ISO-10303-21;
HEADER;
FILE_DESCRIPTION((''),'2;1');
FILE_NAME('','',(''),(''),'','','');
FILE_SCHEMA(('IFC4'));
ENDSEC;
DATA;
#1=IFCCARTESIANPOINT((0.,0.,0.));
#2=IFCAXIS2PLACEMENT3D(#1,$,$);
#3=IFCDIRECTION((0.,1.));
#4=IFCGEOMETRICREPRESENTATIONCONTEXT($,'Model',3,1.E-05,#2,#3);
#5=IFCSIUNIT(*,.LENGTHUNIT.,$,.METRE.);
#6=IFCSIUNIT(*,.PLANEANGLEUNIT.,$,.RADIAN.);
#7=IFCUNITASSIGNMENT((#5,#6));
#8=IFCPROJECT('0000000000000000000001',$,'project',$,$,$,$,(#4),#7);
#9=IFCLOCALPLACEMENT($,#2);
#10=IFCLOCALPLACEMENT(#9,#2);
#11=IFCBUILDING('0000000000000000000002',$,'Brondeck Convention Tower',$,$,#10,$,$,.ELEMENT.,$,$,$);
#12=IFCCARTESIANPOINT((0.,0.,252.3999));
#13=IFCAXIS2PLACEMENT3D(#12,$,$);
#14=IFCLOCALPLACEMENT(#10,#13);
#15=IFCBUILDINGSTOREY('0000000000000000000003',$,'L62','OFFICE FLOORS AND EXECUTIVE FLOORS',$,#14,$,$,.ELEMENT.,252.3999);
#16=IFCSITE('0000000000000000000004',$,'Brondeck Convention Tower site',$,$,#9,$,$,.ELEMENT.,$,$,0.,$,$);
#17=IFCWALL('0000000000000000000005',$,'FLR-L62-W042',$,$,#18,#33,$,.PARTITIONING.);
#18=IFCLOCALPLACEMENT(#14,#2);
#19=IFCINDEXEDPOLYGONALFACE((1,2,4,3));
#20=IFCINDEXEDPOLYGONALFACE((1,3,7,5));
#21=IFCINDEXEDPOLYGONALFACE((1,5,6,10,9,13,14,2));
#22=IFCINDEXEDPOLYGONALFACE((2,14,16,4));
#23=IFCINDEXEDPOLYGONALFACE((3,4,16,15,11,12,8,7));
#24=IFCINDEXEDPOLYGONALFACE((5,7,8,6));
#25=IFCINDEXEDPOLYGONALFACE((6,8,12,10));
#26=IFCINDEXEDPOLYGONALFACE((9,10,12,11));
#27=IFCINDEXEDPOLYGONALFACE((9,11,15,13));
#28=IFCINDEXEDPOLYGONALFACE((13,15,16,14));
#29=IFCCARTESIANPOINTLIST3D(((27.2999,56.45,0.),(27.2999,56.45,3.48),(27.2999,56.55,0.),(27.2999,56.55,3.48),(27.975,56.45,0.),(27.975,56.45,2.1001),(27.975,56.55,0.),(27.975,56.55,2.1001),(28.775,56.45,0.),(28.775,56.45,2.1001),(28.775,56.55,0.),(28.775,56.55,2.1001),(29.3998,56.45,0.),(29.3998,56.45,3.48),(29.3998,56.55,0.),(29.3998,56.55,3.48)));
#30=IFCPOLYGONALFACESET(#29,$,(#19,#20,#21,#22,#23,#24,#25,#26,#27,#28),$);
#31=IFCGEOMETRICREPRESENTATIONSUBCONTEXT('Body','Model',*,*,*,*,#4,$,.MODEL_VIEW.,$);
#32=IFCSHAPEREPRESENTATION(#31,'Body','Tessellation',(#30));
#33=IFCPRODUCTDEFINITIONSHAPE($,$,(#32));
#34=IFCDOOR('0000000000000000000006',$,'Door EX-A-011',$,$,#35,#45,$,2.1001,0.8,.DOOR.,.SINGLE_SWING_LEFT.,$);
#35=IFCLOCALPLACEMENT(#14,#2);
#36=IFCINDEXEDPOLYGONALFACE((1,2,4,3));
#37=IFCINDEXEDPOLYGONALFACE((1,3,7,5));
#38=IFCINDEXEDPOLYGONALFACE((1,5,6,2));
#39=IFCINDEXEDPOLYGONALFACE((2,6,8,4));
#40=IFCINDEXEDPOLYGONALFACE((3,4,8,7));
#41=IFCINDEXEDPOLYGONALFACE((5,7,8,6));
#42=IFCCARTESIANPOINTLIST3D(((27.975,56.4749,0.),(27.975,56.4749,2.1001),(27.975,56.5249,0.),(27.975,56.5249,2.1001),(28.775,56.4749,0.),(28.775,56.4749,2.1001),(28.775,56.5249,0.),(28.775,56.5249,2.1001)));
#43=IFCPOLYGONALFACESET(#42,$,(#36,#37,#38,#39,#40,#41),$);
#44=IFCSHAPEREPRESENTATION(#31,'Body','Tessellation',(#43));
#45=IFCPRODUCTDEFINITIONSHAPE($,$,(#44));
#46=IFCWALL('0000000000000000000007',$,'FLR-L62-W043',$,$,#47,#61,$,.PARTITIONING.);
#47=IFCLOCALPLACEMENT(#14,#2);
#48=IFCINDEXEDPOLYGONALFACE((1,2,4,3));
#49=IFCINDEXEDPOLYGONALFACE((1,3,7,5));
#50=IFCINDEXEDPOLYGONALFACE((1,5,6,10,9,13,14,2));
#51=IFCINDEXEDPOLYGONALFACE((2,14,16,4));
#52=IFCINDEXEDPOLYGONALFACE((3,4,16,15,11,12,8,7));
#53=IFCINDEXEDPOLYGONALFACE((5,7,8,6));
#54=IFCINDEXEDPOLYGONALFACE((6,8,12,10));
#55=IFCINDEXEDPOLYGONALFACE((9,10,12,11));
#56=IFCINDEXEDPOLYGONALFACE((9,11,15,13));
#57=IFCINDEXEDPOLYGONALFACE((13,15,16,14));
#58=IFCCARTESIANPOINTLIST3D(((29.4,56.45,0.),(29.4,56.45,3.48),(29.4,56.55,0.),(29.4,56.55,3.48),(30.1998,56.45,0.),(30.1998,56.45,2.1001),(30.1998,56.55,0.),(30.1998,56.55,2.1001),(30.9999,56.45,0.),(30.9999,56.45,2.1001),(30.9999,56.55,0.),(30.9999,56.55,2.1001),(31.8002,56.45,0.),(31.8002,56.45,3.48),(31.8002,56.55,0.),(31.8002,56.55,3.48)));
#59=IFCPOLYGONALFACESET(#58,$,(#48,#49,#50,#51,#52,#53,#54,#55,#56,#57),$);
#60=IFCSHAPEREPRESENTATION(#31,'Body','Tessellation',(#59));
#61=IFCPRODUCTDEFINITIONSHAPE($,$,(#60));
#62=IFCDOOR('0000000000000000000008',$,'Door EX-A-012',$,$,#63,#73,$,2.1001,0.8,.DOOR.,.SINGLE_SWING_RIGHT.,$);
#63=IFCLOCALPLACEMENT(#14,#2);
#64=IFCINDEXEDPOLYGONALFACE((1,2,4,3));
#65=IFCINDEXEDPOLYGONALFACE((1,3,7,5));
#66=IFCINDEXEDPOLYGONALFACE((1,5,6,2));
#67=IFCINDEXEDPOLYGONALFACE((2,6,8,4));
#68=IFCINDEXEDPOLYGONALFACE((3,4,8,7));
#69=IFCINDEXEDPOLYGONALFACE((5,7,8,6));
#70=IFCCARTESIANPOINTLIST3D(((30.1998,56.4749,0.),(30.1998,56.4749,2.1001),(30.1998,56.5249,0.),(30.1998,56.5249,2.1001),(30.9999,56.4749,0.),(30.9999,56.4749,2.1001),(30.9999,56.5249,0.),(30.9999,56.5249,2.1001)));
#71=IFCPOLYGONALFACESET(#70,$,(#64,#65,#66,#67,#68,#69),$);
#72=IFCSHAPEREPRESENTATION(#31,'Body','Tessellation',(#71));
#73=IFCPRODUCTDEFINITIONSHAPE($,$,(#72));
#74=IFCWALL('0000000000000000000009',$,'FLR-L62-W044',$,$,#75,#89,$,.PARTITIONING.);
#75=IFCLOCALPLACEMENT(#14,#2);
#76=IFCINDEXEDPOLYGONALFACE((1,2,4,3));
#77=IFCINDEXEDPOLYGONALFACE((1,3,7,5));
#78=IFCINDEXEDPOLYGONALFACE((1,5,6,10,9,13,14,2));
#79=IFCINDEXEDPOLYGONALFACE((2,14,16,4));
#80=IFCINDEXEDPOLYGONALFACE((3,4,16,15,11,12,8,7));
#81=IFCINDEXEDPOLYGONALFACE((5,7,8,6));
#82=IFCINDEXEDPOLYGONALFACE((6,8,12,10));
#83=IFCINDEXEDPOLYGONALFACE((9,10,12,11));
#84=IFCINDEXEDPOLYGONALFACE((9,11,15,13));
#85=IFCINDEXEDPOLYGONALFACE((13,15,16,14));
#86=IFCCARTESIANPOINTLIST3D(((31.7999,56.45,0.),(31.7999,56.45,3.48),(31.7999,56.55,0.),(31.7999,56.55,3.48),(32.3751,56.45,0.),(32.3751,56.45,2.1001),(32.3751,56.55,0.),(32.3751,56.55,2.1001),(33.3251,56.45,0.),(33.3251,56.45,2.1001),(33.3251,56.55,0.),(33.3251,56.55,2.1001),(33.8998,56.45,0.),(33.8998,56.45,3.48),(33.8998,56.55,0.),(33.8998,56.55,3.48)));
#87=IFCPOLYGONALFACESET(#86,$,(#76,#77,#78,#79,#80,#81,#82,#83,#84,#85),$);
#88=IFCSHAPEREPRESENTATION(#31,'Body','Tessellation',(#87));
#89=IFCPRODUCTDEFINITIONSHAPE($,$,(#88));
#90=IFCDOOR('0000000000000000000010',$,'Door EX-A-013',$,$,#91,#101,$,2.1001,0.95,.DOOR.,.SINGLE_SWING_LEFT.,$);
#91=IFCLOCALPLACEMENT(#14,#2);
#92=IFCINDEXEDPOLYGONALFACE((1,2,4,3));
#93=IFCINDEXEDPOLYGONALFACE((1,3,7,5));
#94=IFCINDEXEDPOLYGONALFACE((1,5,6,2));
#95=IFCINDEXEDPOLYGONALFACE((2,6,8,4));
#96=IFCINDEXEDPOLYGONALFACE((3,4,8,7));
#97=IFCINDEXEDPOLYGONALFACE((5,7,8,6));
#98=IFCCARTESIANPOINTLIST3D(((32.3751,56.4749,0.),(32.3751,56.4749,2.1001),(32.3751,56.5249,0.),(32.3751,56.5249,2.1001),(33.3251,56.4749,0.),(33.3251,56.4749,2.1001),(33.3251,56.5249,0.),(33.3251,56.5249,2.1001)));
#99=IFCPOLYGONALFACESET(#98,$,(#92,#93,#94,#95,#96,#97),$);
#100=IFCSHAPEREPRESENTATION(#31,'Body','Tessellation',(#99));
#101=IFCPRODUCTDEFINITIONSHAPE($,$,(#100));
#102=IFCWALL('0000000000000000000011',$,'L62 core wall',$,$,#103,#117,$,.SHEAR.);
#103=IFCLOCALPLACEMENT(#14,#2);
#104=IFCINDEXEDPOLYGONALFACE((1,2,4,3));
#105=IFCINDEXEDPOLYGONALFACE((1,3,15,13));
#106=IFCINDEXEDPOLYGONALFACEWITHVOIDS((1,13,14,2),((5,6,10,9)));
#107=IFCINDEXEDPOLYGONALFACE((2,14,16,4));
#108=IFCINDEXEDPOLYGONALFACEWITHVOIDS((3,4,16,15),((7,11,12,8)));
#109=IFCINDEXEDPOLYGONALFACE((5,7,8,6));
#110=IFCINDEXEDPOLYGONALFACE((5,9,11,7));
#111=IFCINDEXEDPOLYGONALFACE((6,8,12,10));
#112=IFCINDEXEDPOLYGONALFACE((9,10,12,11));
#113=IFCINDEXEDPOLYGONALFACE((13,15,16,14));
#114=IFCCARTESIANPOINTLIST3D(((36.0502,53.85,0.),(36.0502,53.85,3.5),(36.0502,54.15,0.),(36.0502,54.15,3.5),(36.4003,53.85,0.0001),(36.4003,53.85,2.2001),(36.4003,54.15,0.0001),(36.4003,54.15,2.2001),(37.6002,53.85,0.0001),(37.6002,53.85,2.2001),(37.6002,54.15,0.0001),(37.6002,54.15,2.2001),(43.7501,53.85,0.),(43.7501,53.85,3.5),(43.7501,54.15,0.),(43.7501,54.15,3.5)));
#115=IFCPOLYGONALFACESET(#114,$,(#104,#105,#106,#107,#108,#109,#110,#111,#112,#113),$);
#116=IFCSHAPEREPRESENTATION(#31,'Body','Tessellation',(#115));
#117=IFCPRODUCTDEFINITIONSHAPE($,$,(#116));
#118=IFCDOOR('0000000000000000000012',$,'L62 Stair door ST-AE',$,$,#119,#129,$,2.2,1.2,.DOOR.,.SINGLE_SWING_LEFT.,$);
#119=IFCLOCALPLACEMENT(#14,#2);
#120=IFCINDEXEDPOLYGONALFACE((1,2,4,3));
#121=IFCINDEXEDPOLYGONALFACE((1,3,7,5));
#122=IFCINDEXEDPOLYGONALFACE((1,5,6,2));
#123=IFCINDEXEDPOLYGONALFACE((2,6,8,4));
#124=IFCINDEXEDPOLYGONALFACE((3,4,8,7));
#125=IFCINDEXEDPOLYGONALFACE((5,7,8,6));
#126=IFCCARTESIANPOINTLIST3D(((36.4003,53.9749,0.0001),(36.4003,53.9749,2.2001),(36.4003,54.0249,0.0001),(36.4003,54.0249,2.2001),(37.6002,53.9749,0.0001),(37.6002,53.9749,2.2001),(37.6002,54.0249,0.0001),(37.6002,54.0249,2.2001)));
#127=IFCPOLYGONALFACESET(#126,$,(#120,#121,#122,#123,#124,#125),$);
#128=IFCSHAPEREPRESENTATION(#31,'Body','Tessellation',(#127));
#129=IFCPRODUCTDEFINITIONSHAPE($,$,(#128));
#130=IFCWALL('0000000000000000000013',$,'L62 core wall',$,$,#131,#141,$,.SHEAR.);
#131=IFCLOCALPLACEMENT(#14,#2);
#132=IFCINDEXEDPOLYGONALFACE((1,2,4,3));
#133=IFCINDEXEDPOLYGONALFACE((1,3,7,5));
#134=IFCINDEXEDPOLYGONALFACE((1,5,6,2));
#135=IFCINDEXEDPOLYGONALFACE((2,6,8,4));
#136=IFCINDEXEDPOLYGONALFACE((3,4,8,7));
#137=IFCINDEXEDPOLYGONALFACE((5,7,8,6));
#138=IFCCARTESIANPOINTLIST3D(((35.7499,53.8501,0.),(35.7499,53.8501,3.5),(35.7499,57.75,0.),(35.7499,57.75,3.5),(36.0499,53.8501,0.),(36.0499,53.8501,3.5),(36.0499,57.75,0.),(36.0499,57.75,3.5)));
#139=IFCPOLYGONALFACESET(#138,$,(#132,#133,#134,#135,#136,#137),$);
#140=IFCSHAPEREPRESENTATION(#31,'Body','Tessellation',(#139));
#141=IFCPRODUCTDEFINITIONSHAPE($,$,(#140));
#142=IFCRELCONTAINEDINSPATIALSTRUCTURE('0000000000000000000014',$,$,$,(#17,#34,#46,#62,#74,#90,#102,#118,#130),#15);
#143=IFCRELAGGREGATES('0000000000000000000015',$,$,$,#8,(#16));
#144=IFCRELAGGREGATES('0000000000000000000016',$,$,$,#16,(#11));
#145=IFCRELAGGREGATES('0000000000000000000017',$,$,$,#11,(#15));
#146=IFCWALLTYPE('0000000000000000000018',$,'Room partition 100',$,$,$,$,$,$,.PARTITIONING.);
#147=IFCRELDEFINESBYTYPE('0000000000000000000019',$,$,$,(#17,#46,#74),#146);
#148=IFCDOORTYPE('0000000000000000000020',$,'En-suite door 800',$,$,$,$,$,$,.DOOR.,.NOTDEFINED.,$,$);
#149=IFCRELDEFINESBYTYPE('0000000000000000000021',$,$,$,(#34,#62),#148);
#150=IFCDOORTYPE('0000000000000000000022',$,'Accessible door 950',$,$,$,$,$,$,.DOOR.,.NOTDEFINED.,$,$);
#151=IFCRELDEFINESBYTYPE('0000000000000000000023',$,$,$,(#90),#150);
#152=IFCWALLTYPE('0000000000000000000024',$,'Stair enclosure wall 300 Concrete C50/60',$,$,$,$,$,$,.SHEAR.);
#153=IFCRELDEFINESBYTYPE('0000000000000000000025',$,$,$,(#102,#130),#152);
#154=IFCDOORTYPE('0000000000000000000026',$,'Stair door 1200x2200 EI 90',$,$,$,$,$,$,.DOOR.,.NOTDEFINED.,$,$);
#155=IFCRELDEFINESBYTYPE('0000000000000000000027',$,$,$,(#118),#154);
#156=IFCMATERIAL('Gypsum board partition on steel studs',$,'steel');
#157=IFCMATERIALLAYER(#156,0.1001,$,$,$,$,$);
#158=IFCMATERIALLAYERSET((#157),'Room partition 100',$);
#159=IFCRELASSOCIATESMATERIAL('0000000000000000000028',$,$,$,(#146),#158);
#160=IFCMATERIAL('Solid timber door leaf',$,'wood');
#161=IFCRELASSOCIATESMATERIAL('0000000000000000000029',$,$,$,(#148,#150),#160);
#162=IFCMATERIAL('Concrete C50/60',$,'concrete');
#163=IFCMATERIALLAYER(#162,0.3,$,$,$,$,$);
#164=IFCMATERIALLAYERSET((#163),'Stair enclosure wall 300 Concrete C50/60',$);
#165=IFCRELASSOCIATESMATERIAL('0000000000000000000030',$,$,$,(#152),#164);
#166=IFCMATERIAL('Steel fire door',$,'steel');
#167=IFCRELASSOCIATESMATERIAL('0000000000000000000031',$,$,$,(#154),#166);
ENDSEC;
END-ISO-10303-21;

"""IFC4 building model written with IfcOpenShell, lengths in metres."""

from ifc_helpers import new_model, si_unit, direction, frame, frame_2d, origin, place, context, subcontext, project, spatial, rectangle, extrude, material, layer, layer_set, type_object, element, fill, save


model = new_model("IFC4")

# Units and contexts
model_context = context("Model", 3, precision=1e-05, world=origin(), true_north=direction((0.0, 1.0)))
body_context = subcontext(model_context, "Body", "Model", "MODEL_VIEW")
ifc_project = project(units=[si_unit("LENGTHUNIT", "METRE"), si_unit("PLANEANGLEUNIT", "RADIAN")], contexts=[model_context])

# Site, building, storey
site_placement = place(None, origin())
site = spatial("IfcSite", under=ifc_project, at=site_placement, Name="Brondeck Convention Tower site", CompositionType="ELEMENT", RefElevation=0.0)
building_placement = place(site_placement, origin())
building = spatial("IfcBuilding", under=site, at=building_placement, Name="Brondeck Convention Tower", CompositionType="ELEMENT")
storey_placement = place(building_placement, frame((0.0, 0.0, 252.3999)))
storey = spatial("IfcBuildingStorey", under=building, at=storey_placement, Name="L62", Description="OFFICE FLOORS AND EXECUTIVE FLOORS", CompositionType="ELEMENT", Elevation=252.3999)

# Shared definitions
ifc_material_1 = material(Name="Concrete C50/60", Category="concrete")

# Shared definitions
ifc_material_2 = material(Name="Gypsum board partition on steel studs", Category="steel")
ifc_layer_1 = layer(ifc_material_2, 0.1001)
ifc_layer_set_1 = layer_set([ifc_layer_1], Name="Room partition 100")
wall_type_1 = type_object("IfcWallType", Name="Room partition 100", PredefinedType="PARTITIONING", material=ifc_layer_set_1)
ifc_material_3 = material(Name="Solid timber door leaf", Category="wood")

# Walls, openings, doors
wall_1_placement = place(storey_placement, frame((27.3, 56.5, 0.0), z_axis=(0.0, 0.0, 1.0), x_axis=(1.0, 0.0, 0.0)))
wall_1 = element("IfcWall", 1, at=wall_1_placement, inside=storey, type_object=wall_type_1, Name="FLR-L62-W042", PredefinedType="PARTITIONING", context=body_context, shape_type="SweptSolid", body=[
    extrude(rectangle(XDim=2.0999, YDim=0.1001, at=frame_2d((1.0498, 0.0))), origin(), (0.0, 0.0, 1.0), 3.48),
])
opening_1_placement = place(wall_1_placement, frame((0.675, 0.0, 0.0)))
opening_1 = element("IfcOpeningElement", 2, at=opening_1_placement, cuts=wall_1, PredefinedType="OPENING", context=body_context, shape_type="SweptSolid", body=[
    extrude(rectangle(XDim=0.8, YDim=2.1001, at=frame_2d((0.3999, 1.05))), frame((0.0, 0.0601, 0.0), z_axis=(0.0, -1.0, 0.0), x_axis=(1.0, 0.0, 0.0)), (0.0, 0.0, 1.0), 0.1201),
])
door_type_1 = type_object("IfcDoorType", Name="En-suite door 800", OperationType="NOTDEFINED", PredefinedType="DOOR", material=ifc_material_3)
door_1_placement = place(opening_1_placement, origin())
door_1 = element("IfcDoor", 3, at=door_1_placement, inside=storey, type_object=door_type_1, Name="Door EX-A-011", OperationType="SINGLE_SWING_LEFT", OverallHeight=2.1001, OverallWidth=0.8, PredefinedType="DOOR", context=body_context, shape_type="SweptSolid", body=[
    extrude(rectangle(XDim=0.8, YDim=2.1001, at=frame_2d((0.3999, 1.05))), frame((0.0, 0.0249, 0.0), z_axis=(0.0, -1.0, 0.0), x_axis=(1.0, 0.0, 0.0)), (0.0, 0.0, 1.0), 0.05),
])
fill(opening_1, door_1)
wall_2_placement = place(storey_placement, frame((29.3999, 56.5, 0.0), z_axis=(0.0, 0.0, 1.0), x_axis=(1.0, 0.0, 0.0)))
wall_2 = element("IfcWall", 4, at=wall_2_placement, inside=storey, type_object=wall_type_1, Name="FLR-L62-W043", PredefinedType="PARTITIONING", context=body_context, shape_type="SweptSolid", body=[
    extrude(rectangle(XDim=2.4001, YDim=0.1001, at=frame_2d((1.2002, 0.0))), origin(), (0.0, 0.0, 1.0), 3.48),
])
opening_2_placement = place(wall_2_placement, frame((0.8, 0.0, 0.0)))
opening_2 = element("IfcOpeningElement", 5, at=opening_2_placement, cuts=wall_2, PredefinedType="OPENING", context=body_context, shape_type="SweptSolid", body=[
    extrude(rectangle(XDim=0.8, YDim=2.1001, at=frame_2d((0.3999, 1.05))), frame((0.0, 0.0601, 0.0), z_axis=(0.0, -1.0, 0.0), x_axis=(1.0, 0.0, 0.0)), (0.0, 0.0, 1.0), 0.1201),
])
door_2_placement = place(opening_2_placement, origin())
door_2 = element("IfcDoor", 6, at=door_2_placement, inside=storey, type_object=door_type_1, Name="Door EX-A-012", OperationType="SINGLE_SWING_RIGHT", OverallHeight=2.1001, OverallWidth=0.8, PredefinedType="DOOR", context=body_context, shape_type="SweptSolid", body=[
    extrude(rectangle(XDim=0.8, YDim=2.1001, at=frame_2d((0.3999, 1.05))), frame((0.0, 0.0249, 0.0), z_axis=(0.0, -1.0, 0.0), x_axis=(1.0, 0.0, 0.0)), (0.0, 0.0, 1.0), 0.05),
])
fill(opening_2, door_2)
wall_3_placement = place(storey_placement, frame((31.8, 56.5, 0.0), z_axis=(0.0, 0.0, 1.0), x_axis=(1.0, 0.0, 0.0)))
wall_3 = element("IfcWall", 7, at=wall_3_placement, inside=storey, type_object=wall_type_1, Name="FLR-L62-W044", PredefinedType="PARTITIONING", context=body_context, shape_type="SweptSolid", body=[
    extrude(rectangle(XDim=2.0999, YDim=0.1001, at=frame_2d((1.0498, 0.0))), origin(), (0.0, 0.0, 1.0), 3.48),
])
opening_3_placement = place(wall_3_placement, frame((0.575, 0.0, 0.0)))
opening_3 = element("IfcOpeningElement", 8, at=opening_3_placement, cuts=wall_3, PredefinedType="OPENING", context=body_context, shape_type="SweptSolid", body=[
    extrude(rectangle(XDim=0.95, YDim=2.1001, at=frame_2d((0.4751, 1.05))), frame((0.0, 0.0601, 0.0), z_axis=(0.0, -1.0, 0.0), x_axis=(1.0, 0.0, 0.0)), (0.0, 0.0, 1.0), 0.1201),
])
door_type_2 = type_object("IfcDoorType", Name="Accessible door 950", OperationType="NOTDEFINED", PredefinedType="DOOR", material=ifc_material_3)
door_3_placement = place(opening_3_placement, origin())
door_3 = element("IfcDoor", 9, at=door_3_placement, inside=storey, type_object=door_type_2, Name="Door EX-A-013", OperationType="SINGLE_SWING_LEFT", OverallHeight=2.1001, OverallWidth=0.95, PredefinedType="DOOR", context=body_context, shape_type="SweptSolid", body=[
    extrude(rectangle(XDim=0.95, YDim=2.1001, at=frame_2d((0.4751, 1.05))), frame((0.0, 0.0249, 0.0), z_axis=(0.0, -1.0, 0.0), x_axis=(1.0, 0.0, 0.0)), (0.0, 0.0, 1.0), 0.05),
])
fill(opening_3, door_3)
ifc_layer_2 = layer(ifc_material_1, 0.3)
ifc_layer_set_2 = layer_set([ifc_layer_2], Name="Stair enclosure wall 300 Concrete C50/60")
wall_type_2 = type_object("IfcWallType", Name="Stair enclosure wall 300 Concrete C50/60", PredefinedType="SHEAR", material=ifc_layer_set_2)
wall_4_placement = place(storey_placement, frame((36.05, 54.0, 0.0), z_axis=(0.0, 0.0, 1.0), x_axis=(1.0, 0.0, 0.0)))
wall_4 = element("IfcWall", 10, at=wall_4_placement, inside=storey, type_object=wall_type_2, Name="L62 core wall", PredefinedType="SHEAR", context=body_context, shape_type="SweptSolid", body=[
    extrude(rectangle(XDim=7.7, YDim=0.3, at=frame_2d((3.8501, 0.0))), origin(), (0.0, 0.0, 1.0), 3.5),
])
opening_4_placement = place(wall_4_placement, frame((0.3501, 0.0, 0.0)))
opening_4 = element("IfcOpeningElement", 11, at=opening_4_placement, cuts=wall_4, PredefinedType="OPENING", context=body_context, shape_type="SweptSolid", body=[
    extrude(rectangle(XDim=1.2, YDim=2.2, at=frame_2d((0.6001, 1.1001))), frame((0.0, 0.1599, 0.0), z_axis=(0.0, -1.0, 0.0), x_axis=(1.0, 0.0, 0.0)), (0.0, 0.0, 1.0), 0.3201),
])
ifc_material_4 = material(Name="Steel fire door", Category="steel")
door_type_3 = type_object("IfcDoorType", Name="Stair door 1200x2200 EI 90", OperationType="NOTDEFINED", PredefinedType="DOOR", material=ifc_material_4)
door_4_placement = place(opening_4_placement, origin())
door_4 = element("IfcDoor", 12, at=door_4_placement, inside=storey, type_object=door_type_3, Name="L62 Stair door ST-AE", OperationType="SINGLE_SWING_LEFT", OverallHeight=2.2, OverallWidth=1.2, PredefinedType="DOOR", context=body_context, shape_type="SweptSolid", body=[
    extrude(rectangle(XDim=1.2, YDim=2.2, at=frame_2d((0.6001, 1.1001))), frame((0.0, 0.0249, 0.0), z_axis=(0.0, -1.0, 0.0), x_axis=(1.0, 0.0, 0.0)), (0.0, 0.0, 1.0), 0.05),
])
fill(opening_4, door_4)

# Wall
wall_5_placement = place(storey_placement, frame((35.8999, 53.8501, 0.0), z_axis=(0.0, 0.0, 1.0), x_axis=(0.0, 1.0, 0.0)))
element("IfcWall", 13, at=wall_5_placement, inside=storey, type_object=wall_type_2, Name="L62 core wall", PredefinedType="SHEAR", context=body_context, shape_type="SweptSolid", body=[
    extrude(rectangle(XDim=3.8999, YDim=0.3, at=frame_2d((1.95, 0.0))), origin(), (0.0, 0.0, 1.0), 3.5),
])

save(model, "model.ifc")
